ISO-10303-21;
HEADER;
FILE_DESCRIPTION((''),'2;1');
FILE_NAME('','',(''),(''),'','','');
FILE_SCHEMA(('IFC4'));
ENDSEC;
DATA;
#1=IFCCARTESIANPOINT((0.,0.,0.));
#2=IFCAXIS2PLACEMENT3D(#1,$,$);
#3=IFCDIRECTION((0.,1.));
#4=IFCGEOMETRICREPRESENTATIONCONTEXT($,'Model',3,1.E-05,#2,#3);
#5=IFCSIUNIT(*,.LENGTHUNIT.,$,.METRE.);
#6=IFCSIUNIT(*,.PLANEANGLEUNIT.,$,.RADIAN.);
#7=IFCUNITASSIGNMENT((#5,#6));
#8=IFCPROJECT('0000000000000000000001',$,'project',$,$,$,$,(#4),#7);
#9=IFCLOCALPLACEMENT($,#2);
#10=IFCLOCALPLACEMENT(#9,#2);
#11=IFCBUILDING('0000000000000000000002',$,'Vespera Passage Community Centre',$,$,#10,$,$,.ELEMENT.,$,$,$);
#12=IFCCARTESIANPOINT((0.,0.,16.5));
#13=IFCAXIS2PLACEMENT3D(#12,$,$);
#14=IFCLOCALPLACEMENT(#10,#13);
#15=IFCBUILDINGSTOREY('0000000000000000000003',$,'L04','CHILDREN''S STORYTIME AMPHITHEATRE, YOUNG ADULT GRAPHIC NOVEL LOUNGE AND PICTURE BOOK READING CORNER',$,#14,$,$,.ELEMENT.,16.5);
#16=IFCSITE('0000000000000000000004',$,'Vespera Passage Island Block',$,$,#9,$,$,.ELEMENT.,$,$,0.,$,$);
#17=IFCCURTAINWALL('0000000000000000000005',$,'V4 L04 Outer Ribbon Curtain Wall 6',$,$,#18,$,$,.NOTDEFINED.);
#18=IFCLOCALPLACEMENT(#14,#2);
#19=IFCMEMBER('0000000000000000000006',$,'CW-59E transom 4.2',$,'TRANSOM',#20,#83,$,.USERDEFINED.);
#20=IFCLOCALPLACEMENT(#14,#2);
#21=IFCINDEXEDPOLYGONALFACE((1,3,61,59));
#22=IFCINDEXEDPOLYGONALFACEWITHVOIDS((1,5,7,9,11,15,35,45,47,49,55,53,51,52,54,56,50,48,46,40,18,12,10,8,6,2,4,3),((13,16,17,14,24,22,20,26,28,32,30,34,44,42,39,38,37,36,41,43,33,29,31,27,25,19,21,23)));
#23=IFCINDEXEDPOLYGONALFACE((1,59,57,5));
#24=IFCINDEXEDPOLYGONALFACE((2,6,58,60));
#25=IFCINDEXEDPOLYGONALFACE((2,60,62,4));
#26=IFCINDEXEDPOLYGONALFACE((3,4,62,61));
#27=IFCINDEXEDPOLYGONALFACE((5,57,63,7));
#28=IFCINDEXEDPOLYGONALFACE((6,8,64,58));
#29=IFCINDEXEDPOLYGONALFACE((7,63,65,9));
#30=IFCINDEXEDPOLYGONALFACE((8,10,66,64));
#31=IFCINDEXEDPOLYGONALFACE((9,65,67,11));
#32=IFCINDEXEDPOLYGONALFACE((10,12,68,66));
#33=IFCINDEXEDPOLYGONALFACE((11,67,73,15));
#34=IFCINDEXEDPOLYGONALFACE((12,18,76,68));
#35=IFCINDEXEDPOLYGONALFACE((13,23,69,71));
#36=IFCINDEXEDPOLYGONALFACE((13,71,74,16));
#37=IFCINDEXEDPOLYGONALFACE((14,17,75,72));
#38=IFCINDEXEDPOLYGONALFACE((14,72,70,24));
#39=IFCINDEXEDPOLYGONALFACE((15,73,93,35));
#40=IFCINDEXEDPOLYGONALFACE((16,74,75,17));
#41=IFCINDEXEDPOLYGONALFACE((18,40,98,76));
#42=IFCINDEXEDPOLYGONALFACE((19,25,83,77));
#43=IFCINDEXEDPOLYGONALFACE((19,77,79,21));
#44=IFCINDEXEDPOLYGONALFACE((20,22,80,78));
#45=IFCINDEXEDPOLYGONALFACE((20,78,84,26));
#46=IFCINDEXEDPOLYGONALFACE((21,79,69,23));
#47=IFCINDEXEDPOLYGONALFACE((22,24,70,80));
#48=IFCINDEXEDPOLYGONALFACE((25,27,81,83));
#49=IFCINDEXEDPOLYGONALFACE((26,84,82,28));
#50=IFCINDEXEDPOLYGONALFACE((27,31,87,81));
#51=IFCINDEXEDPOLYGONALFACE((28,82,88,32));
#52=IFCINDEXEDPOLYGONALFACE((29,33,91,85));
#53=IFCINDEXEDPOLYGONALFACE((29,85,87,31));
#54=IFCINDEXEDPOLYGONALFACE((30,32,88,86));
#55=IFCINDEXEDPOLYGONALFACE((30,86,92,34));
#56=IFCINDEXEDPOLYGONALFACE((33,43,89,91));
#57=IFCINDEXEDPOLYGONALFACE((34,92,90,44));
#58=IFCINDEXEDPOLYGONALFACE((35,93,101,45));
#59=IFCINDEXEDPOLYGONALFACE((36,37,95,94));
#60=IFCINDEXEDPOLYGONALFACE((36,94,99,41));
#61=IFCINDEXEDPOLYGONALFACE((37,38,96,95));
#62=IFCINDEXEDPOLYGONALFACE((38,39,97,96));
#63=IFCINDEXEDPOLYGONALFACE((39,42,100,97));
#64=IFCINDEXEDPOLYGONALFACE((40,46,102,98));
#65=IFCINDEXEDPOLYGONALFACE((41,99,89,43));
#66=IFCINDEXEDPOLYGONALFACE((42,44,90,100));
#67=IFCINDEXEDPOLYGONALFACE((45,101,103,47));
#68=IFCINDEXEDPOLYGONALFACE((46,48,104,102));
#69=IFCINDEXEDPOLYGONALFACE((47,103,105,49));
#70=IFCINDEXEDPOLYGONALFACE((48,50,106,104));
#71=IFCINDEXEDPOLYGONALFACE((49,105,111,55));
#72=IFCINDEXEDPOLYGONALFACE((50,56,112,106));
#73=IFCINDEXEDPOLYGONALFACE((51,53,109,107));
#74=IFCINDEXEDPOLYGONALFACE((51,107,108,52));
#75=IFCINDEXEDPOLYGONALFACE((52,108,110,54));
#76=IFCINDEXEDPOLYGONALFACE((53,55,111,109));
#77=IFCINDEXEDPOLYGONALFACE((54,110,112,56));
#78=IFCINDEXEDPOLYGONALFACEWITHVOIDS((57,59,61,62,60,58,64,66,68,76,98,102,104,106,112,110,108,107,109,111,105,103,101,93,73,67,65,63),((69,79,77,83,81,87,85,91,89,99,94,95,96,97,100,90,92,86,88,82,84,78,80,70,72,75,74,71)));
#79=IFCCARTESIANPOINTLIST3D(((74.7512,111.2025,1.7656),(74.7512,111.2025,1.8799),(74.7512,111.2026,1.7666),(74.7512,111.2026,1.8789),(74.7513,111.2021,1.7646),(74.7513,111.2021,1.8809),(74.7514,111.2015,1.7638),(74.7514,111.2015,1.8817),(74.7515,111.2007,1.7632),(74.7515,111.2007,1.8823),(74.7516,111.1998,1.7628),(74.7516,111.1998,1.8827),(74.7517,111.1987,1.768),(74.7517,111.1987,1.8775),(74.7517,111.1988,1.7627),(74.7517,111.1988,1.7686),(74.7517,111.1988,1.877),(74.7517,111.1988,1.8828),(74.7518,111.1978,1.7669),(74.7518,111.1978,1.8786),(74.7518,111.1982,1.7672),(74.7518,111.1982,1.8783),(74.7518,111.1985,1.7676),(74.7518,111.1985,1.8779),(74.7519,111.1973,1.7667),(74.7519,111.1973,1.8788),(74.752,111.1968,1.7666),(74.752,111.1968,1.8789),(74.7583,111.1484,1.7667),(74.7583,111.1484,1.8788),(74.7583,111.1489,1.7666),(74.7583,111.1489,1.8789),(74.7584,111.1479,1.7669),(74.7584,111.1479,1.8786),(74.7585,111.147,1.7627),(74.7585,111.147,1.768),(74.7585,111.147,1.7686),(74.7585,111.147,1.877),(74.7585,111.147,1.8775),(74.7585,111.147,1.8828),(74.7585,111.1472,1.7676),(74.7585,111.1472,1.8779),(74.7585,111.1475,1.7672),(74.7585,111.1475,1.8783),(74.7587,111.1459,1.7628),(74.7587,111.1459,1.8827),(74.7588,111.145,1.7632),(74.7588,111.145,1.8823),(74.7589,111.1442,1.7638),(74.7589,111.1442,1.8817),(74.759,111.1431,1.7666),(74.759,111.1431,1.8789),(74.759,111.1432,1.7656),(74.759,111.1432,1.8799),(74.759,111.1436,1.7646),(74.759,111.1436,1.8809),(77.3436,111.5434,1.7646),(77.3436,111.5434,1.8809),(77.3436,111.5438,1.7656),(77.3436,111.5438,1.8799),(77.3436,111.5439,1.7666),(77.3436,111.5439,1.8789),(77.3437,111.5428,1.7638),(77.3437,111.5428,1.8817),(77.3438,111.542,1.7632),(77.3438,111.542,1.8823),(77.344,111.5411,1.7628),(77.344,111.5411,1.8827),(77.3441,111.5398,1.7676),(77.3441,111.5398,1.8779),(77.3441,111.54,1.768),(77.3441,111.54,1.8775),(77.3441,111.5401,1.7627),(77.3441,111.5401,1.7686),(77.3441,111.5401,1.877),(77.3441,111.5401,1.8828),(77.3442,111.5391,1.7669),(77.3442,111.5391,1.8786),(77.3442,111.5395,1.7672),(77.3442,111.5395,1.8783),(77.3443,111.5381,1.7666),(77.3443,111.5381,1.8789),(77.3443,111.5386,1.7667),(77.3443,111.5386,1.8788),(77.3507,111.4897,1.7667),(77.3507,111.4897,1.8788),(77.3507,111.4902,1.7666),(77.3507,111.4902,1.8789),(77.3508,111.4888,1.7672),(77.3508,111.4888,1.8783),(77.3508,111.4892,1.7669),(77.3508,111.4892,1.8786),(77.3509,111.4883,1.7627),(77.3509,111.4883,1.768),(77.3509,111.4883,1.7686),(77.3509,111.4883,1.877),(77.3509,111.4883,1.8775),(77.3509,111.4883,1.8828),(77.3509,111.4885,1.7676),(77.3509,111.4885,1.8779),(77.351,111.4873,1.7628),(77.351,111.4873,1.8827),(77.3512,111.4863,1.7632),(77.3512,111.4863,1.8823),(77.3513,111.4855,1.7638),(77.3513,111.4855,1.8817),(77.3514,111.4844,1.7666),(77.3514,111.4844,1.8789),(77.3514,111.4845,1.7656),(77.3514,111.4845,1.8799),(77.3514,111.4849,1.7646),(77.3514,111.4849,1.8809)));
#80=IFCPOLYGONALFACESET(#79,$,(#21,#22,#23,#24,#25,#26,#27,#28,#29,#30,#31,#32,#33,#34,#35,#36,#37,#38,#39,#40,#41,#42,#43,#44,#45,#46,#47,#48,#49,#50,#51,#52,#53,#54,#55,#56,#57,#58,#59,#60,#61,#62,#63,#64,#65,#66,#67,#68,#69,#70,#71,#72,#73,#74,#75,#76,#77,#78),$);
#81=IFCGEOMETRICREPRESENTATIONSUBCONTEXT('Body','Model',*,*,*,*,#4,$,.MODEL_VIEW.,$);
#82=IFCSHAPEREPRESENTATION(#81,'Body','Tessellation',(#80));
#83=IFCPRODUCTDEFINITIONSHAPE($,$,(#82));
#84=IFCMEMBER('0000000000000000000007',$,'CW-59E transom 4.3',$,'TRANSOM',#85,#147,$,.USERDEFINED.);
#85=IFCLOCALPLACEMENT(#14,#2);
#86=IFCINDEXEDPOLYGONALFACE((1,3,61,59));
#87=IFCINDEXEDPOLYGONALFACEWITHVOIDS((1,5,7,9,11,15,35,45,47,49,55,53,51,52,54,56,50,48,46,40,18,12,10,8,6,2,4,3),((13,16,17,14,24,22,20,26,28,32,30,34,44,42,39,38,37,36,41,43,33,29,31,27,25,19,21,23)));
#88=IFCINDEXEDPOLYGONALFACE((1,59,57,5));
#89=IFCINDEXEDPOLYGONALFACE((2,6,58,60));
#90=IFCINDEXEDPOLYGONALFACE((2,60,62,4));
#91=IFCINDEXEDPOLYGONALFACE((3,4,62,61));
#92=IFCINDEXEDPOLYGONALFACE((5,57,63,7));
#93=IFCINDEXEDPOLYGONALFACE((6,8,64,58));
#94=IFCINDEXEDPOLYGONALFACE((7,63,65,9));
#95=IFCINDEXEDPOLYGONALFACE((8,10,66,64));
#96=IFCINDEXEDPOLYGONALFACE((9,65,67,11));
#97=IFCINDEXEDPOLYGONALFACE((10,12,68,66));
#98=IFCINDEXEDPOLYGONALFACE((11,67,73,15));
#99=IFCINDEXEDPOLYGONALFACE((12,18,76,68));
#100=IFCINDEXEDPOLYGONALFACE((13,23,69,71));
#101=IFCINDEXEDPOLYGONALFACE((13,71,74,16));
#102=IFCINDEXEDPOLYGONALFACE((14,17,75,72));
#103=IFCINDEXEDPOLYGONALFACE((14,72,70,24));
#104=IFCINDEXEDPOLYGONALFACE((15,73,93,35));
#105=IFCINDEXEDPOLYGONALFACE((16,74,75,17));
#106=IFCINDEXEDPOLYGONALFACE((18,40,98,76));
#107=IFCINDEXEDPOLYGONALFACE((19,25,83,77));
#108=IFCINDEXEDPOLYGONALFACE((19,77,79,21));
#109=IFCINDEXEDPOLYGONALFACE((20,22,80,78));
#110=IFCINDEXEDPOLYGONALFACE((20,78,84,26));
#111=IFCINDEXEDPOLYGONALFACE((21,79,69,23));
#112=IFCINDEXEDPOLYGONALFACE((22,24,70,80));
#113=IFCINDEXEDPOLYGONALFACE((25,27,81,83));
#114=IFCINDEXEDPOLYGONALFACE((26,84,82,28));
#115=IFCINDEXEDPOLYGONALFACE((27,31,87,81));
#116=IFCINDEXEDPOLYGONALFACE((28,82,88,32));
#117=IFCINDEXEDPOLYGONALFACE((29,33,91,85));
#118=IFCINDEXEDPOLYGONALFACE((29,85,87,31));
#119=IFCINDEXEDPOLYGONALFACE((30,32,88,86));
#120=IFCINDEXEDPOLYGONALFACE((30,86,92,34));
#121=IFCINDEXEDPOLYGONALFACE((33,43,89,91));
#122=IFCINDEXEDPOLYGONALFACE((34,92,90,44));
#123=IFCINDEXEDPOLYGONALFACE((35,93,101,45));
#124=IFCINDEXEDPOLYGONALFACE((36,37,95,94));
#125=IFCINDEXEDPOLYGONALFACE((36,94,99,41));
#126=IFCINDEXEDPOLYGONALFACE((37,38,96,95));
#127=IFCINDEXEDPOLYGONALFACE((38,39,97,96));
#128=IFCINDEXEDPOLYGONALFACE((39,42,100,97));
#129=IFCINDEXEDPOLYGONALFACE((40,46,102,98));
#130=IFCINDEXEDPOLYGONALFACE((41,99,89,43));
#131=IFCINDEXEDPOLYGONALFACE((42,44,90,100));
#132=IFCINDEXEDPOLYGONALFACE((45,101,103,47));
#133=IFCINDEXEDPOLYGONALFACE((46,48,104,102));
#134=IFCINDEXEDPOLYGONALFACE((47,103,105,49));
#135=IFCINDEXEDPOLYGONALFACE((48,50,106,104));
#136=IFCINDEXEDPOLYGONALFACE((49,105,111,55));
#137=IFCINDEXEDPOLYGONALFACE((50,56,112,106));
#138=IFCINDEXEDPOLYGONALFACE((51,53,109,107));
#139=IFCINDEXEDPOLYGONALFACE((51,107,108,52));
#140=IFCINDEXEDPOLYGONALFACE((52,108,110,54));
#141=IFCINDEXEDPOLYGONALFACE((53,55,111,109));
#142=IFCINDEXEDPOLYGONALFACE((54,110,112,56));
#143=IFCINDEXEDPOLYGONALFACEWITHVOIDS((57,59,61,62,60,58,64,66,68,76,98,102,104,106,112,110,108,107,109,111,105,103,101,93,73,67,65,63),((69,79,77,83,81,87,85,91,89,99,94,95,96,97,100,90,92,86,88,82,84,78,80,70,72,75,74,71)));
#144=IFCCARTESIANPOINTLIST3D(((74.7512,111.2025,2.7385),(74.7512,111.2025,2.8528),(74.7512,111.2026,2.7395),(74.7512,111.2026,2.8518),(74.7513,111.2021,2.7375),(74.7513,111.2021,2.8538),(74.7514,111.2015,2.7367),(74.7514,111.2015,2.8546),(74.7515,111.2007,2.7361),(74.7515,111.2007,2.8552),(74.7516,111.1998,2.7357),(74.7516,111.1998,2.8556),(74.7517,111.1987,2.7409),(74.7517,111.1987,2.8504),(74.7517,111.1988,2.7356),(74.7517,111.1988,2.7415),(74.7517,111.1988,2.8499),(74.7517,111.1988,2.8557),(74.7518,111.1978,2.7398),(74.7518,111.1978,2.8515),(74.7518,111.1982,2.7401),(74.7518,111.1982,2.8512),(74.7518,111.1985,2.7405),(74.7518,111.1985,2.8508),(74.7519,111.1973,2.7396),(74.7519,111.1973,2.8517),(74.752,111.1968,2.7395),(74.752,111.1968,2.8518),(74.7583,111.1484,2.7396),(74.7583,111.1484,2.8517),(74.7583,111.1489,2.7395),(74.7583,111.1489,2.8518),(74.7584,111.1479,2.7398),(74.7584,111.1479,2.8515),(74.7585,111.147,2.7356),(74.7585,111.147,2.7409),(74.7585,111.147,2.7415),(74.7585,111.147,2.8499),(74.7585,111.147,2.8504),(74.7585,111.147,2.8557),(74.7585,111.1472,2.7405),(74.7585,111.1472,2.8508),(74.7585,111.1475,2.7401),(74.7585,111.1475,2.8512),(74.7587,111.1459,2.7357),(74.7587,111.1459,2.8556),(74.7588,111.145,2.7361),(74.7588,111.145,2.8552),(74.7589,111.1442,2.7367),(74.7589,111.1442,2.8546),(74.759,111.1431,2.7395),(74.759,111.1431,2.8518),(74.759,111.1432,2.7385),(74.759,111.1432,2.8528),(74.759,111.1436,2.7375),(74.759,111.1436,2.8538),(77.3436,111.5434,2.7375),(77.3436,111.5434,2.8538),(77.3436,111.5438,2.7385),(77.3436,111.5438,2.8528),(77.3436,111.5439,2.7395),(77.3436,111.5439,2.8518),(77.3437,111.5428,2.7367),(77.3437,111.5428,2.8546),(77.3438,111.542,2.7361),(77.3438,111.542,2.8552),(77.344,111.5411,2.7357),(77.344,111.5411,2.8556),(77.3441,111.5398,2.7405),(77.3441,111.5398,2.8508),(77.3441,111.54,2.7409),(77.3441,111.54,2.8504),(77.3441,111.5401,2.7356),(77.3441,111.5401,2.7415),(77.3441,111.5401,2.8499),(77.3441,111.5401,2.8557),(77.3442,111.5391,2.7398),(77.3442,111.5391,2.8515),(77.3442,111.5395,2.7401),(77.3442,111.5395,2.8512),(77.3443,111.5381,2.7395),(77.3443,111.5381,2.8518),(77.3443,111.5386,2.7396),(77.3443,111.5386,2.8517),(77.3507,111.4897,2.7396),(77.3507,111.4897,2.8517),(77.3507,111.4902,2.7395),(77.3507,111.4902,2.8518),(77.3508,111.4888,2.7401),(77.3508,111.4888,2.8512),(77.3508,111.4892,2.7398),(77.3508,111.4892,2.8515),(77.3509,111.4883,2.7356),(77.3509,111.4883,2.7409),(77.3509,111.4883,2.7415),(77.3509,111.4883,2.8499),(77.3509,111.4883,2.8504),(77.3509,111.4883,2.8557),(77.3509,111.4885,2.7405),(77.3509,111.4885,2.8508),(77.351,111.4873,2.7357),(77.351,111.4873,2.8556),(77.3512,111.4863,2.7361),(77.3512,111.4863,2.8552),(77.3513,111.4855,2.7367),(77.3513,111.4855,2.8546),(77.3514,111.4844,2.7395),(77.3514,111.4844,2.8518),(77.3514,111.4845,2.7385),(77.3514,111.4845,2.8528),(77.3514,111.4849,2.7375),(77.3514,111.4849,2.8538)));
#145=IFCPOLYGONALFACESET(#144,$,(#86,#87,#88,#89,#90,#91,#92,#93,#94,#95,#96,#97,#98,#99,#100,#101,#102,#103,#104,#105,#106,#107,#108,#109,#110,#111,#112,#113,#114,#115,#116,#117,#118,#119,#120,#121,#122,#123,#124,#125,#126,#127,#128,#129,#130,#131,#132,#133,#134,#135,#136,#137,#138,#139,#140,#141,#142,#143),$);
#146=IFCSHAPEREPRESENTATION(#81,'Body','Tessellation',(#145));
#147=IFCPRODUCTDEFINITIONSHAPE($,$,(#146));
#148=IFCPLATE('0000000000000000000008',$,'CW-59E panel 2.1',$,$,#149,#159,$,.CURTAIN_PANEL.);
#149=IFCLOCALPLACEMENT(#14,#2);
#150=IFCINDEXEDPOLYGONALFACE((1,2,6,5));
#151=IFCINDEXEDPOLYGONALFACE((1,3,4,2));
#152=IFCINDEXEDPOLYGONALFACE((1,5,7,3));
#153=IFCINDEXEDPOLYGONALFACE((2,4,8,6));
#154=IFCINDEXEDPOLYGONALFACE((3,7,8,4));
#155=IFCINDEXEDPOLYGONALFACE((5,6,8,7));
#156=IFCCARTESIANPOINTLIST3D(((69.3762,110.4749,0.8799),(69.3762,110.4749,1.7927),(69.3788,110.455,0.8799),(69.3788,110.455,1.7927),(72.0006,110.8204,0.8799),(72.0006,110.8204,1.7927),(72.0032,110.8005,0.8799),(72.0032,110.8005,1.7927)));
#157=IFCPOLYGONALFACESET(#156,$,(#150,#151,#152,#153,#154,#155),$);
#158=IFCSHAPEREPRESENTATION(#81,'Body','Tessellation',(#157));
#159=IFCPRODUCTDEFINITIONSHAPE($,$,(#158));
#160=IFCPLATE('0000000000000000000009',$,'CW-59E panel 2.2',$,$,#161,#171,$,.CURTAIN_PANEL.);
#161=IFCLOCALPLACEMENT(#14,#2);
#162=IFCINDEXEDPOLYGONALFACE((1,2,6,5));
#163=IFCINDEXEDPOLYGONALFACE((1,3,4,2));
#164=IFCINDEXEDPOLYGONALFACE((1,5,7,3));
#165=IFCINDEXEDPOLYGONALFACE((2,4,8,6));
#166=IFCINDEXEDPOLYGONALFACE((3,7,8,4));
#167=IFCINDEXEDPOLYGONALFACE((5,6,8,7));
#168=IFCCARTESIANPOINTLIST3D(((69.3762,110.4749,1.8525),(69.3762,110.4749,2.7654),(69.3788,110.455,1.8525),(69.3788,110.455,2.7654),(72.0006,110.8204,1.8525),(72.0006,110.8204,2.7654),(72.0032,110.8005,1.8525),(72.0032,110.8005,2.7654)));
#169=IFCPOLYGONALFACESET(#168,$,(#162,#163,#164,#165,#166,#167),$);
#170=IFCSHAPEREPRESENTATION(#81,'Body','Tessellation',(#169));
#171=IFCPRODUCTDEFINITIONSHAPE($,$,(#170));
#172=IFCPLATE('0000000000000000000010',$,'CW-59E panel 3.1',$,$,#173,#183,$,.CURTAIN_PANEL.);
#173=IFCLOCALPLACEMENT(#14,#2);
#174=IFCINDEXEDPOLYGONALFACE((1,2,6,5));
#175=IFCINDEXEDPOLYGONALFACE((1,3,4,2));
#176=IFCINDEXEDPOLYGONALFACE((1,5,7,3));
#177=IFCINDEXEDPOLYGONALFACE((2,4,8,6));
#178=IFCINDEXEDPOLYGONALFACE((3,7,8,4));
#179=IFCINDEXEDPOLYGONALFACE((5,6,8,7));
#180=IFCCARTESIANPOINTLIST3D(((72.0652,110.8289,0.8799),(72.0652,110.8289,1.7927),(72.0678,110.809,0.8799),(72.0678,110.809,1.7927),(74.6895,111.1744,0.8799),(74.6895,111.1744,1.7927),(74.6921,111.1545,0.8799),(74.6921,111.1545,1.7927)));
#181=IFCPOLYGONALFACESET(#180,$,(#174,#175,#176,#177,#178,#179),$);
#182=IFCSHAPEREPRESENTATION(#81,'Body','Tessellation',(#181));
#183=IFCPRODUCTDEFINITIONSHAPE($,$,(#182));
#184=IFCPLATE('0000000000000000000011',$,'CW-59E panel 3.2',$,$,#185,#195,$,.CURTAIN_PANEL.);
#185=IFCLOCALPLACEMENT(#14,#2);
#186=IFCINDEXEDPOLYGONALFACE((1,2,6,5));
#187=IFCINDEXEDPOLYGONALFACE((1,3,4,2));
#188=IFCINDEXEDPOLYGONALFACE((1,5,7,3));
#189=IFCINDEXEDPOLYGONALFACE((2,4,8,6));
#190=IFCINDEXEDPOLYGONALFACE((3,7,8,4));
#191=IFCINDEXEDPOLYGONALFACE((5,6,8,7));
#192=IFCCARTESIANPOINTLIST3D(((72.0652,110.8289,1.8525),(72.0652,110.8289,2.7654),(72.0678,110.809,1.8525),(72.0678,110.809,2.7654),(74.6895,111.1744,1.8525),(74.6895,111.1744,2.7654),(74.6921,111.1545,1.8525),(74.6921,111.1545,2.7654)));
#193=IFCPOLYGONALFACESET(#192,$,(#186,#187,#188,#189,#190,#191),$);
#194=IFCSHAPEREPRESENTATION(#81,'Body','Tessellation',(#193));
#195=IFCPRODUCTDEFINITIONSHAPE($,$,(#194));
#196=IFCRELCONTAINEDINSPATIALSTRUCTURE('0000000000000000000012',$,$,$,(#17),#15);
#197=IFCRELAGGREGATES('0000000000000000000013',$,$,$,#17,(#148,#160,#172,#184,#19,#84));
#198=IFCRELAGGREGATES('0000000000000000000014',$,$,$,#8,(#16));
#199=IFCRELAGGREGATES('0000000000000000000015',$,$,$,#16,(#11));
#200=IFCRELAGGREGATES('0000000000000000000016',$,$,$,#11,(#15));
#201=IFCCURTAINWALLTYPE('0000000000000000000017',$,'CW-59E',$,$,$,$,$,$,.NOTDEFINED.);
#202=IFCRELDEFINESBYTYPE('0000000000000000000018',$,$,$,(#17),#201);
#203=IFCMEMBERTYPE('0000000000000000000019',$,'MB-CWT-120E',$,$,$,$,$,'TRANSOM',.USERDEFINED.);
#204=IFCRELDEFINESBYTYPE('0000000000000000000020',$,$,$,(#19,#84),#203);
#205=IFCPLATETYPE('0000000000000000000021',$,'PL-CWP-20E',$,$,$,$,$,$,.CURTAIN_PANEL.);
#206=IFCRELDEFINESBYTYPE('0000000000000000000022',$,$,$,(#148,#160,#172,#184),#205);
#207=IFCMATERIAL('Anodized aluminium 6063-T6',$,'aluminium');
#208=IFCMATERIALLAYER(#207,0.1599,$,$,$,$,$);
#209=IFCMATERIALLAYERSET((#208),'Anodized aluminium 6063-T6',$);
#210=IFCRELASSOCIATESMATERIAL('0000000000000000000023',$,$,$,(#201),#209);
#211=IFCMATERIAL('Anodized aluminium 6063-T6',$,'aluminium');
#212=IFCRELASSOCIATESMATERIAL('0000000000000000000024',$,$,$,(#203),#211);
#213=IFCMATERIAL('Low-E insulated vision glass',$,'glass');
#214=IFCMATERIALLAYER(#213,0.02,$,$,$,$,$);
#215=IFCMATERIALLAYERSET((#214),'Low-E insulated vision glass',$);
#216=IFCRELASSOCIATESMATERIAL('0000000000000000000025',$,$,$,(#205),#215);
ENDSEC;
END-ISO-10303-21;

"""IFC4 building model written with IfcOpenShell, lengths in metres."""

from ifc_helpers import new_model, si_unit, direction, frame, origin, origin_2d, place, context, subcontext, project, spatial, rectangle, hollow_rectangle, extrude, material, layer, layer_set, material_profile, profile_set, type_object, element, aggregate, save


model = new_model("IFC4")

# Units and contexts
model_context = context("Model", 3, precision=1e-05, world=origin(), true_north=direction((0.0, 1.0)))
body_context = subcontext(model_context, "Body", "Model", "MODEL_VIEW")
ifc_project = project(units=[si_unit("LENGTHUNIT", "METRE"), si_unit("PLANEANGLEUNIT", "RADIAN")], contexts=[model_context])

# Site, building, storey
site_placement = place(None, origin())
site = spatial("IfcSite", under=ifc_project, at=site_placement, Name="Vespera Passage Island Block", CompositionType="ELEMENT", RefElevation=0.0)
building_placement = place(site_placement, origin())
building = spatial("IfcBuilding", under=site, at=building_placement, Name="Vespera Passage Community Centre", CompositionType="ELEMENT")
storey_placement = place(building_placement, frame((0.0, 0.0, 16.5)))
storey = spatial("IfcBuildingStorey", under=building, at=storey_placement, Name="L04", Description="CHILDREN'S STORYTIME AMPHITHEATRE, YOUNG ADULT GRAPHIC NOVEL LOUNGE AND PICTURE BOOK READING CORNER", CompositionType="ELEMENT", Elevation=16.5)

# Curtain wall, members, plates
ifc_material_1 = material(Name="Anodized aluminium 6063-T6", Category="aluminium")
ifc_layer_1 = layer(ifc_material_1, 0.1599)
ifc_layer_set_1 = layer_set([ifc_layer_1], Name="Anodized aluminium 6063-T6")
curtain_wall_type = type_object("IfcCurtainWallType", Name="CW-59E", PredefinedType="NOTDEFINED", material=ifc_layer_set_1)
curtain_wall_placement = place(storey_placement, origin())
curtain_wall = element("IfcCurtainWall", 1, at=curtain_wall_placement, inside=storey, type_object=curtain_wall_type, Name="V4 L04 Outer Ribbon Curtain Wall 6", PredefinedType="NOTDEFINED")
ifc_material_2 = material(Name="Anodized aluminium 6063-T6", Category="aluminium")
ifc_material_profile_1 = material_profile(ifc_material_2, hollow_rectangle(XDim=0.0601, YDim=0.1201, WallThickness=0.0039, InnerFilletRadius=0.002, OuterFilletRadius=0.0039, at=origin_2d()), Name="ALU120X60X4")
ifc_profile_set_1 = profile_set([ifc_material_profile_1], Name="Anodized aluminium 6063-T6")
member_type_1 = type_object("IfcMemberType", Name="MB-CWT-120E", ElementType="TRANSOM", PredefinedType="USERDEFINED", material=ifc_profile_set_1)
member_1_placement = place(storey_placement, frame((74.7551, 111.1729, 1.8228), z_axis=(0.991443, 0.130537, 0.0), x_axis=(-0.130537, 0.991443, 0.0)))
member_1 = element("IfcMember", 2, at=member_1_placement, type_object=member_type_1, Name="CW-59E transom 4.2", ObjectType="TRANSOM", PredefinedType="USERDEFINED", context=body_context, shape_type="SweptSolid", body=[
    extrude(hollow_rectangle(XDim=0.0601, YDim=0.1201, WallThickness=0.0039, InnerFilletRadius=0.002, OuterFilletRadius=0.0039, at=origin_2d()), origin(), (0.0, 0.0, 1.0), 2.6147),
])
member_2_placement = place(storey_placement, frame((74.7551, 111.1729, 2.7957), z_axis=(0.991443, 0.130537, 0.0), x_axis=(-0.130537, 0.991443, 0.0)))
member_2 = element("IfcMember", 3, at=member_2_placement, type_object=member_type_1, Name="CW-59E transom 4.3", ObjectType="TRANSOM", PredefinedType="USERDEFINED", context=body_context, shape_type="SweptSolid", body=[
    extrude(hollow_rectangle(XDim=0.0601, YDim=0.1201, WallThickness=0.0039, InnerFilletRadius=0.002, OuterFilletRadius=0.0039, at=origin_2d()), origin(), (0.0, 0.0, 1.0), 2.6147),
])
ifc_material_3 = material(Name="Low-E insulated vision glass", Category="glass")
ifc_layer_2 = layer(ifc_material_3, 0.02)
ifc_layer_set_2 = layer_set([ifc_layer_2], Name="Low-E insulated vision glass")
plate_type = type_object("IfcPlateType", Name="PL-CWP-20E", PredefinedType="CURTAIN_PANEL", material=ifc_layer_set_2)
plate_1_placement = place(storey_placement, frame((70.6897, 110.6377, 0.8799), z_axis=(0.0, 0.0, 1.0), x_axis=(0.991444, 0.130531, 0.0)))
plate_1 = element("IfcPlate", 4, at=plate_1_placement, type_object=plate_type, Name="CW-59E panel 2.1", PredefinedType="CURTAIN_PANEL", context=body_context, shape_type="SweptSolid", body=[
    extrude(rectangle(XDim=2.647, YDim=0.02, at=origin_2d()), origin(), (0.0, 0.0, 1.0), 0.9128),
])
plate_2_placement = place(storey_placement, frame((70.6897, 110.6377, 1.8525), z_axis=(0.0, 0.0, 1.0), x_axis=(0.991444, 0.130531, 0.0)))
plate_2 = element("IfcPlate", 5, at=plate_2_placement, type_object=plate_type, Name="CW-59E panel 2.2", PredefinedType="CURTAIN_PANEL", context=body_context, shape_type="SweptSolid", body=[
    extrude(rectangle(XDim=2.647, YDim=0.02, at=origin_2d()), origin(), (0.0, 0.0, 1.0), 0.9128),
])
plate_3_placement = place(storey_placement, frame((73.3787, 110.9917, 0.8799), z_axis=(0.0, 0.0, 1.0), x_axis=(0.991444, 0.130531, 0.0)))
plate_3 = element("IfcPlate", 6, at=plate_3_placement, type_object=plate_type, Name="CW-59E panel 3.1", PredefinedType="CURTAIN_PANEL", context=body_context, shape_type="SweptSolid", body=[
    extrude(rectangle(XDim=2.647, YDim=0.02, at=origin_2d()), origin(), (0.0, 0.0, 1.0), 0.9128),
])
plate_4_placement = place(storey_placement, frame((73.3787, 110.9917, 1.8525), z_axis=(0.0, 0.0, 1.0), x_axis=(0.991444, 0.130531, 0.0)))
plate_4 = element("IfcPlate", 7, at=plate_4_placement, type_object=plate_type, Name="CW-59E panel 3.2", PredefinedType="CURTAIN_PANEL", context=body_context, shape_type="SweptSolid", body=[
    extrude(rectangle(XDim=2.647, YDim=0.02, at=origin_2d()), origin(), (0.0, 0.0, 1.0), 0.9128),
])
aggregate(curtain_wall, [plate_1, plate_2, plate_3, plate_4, member_1, member_2])

save(model, "model.ifc")
